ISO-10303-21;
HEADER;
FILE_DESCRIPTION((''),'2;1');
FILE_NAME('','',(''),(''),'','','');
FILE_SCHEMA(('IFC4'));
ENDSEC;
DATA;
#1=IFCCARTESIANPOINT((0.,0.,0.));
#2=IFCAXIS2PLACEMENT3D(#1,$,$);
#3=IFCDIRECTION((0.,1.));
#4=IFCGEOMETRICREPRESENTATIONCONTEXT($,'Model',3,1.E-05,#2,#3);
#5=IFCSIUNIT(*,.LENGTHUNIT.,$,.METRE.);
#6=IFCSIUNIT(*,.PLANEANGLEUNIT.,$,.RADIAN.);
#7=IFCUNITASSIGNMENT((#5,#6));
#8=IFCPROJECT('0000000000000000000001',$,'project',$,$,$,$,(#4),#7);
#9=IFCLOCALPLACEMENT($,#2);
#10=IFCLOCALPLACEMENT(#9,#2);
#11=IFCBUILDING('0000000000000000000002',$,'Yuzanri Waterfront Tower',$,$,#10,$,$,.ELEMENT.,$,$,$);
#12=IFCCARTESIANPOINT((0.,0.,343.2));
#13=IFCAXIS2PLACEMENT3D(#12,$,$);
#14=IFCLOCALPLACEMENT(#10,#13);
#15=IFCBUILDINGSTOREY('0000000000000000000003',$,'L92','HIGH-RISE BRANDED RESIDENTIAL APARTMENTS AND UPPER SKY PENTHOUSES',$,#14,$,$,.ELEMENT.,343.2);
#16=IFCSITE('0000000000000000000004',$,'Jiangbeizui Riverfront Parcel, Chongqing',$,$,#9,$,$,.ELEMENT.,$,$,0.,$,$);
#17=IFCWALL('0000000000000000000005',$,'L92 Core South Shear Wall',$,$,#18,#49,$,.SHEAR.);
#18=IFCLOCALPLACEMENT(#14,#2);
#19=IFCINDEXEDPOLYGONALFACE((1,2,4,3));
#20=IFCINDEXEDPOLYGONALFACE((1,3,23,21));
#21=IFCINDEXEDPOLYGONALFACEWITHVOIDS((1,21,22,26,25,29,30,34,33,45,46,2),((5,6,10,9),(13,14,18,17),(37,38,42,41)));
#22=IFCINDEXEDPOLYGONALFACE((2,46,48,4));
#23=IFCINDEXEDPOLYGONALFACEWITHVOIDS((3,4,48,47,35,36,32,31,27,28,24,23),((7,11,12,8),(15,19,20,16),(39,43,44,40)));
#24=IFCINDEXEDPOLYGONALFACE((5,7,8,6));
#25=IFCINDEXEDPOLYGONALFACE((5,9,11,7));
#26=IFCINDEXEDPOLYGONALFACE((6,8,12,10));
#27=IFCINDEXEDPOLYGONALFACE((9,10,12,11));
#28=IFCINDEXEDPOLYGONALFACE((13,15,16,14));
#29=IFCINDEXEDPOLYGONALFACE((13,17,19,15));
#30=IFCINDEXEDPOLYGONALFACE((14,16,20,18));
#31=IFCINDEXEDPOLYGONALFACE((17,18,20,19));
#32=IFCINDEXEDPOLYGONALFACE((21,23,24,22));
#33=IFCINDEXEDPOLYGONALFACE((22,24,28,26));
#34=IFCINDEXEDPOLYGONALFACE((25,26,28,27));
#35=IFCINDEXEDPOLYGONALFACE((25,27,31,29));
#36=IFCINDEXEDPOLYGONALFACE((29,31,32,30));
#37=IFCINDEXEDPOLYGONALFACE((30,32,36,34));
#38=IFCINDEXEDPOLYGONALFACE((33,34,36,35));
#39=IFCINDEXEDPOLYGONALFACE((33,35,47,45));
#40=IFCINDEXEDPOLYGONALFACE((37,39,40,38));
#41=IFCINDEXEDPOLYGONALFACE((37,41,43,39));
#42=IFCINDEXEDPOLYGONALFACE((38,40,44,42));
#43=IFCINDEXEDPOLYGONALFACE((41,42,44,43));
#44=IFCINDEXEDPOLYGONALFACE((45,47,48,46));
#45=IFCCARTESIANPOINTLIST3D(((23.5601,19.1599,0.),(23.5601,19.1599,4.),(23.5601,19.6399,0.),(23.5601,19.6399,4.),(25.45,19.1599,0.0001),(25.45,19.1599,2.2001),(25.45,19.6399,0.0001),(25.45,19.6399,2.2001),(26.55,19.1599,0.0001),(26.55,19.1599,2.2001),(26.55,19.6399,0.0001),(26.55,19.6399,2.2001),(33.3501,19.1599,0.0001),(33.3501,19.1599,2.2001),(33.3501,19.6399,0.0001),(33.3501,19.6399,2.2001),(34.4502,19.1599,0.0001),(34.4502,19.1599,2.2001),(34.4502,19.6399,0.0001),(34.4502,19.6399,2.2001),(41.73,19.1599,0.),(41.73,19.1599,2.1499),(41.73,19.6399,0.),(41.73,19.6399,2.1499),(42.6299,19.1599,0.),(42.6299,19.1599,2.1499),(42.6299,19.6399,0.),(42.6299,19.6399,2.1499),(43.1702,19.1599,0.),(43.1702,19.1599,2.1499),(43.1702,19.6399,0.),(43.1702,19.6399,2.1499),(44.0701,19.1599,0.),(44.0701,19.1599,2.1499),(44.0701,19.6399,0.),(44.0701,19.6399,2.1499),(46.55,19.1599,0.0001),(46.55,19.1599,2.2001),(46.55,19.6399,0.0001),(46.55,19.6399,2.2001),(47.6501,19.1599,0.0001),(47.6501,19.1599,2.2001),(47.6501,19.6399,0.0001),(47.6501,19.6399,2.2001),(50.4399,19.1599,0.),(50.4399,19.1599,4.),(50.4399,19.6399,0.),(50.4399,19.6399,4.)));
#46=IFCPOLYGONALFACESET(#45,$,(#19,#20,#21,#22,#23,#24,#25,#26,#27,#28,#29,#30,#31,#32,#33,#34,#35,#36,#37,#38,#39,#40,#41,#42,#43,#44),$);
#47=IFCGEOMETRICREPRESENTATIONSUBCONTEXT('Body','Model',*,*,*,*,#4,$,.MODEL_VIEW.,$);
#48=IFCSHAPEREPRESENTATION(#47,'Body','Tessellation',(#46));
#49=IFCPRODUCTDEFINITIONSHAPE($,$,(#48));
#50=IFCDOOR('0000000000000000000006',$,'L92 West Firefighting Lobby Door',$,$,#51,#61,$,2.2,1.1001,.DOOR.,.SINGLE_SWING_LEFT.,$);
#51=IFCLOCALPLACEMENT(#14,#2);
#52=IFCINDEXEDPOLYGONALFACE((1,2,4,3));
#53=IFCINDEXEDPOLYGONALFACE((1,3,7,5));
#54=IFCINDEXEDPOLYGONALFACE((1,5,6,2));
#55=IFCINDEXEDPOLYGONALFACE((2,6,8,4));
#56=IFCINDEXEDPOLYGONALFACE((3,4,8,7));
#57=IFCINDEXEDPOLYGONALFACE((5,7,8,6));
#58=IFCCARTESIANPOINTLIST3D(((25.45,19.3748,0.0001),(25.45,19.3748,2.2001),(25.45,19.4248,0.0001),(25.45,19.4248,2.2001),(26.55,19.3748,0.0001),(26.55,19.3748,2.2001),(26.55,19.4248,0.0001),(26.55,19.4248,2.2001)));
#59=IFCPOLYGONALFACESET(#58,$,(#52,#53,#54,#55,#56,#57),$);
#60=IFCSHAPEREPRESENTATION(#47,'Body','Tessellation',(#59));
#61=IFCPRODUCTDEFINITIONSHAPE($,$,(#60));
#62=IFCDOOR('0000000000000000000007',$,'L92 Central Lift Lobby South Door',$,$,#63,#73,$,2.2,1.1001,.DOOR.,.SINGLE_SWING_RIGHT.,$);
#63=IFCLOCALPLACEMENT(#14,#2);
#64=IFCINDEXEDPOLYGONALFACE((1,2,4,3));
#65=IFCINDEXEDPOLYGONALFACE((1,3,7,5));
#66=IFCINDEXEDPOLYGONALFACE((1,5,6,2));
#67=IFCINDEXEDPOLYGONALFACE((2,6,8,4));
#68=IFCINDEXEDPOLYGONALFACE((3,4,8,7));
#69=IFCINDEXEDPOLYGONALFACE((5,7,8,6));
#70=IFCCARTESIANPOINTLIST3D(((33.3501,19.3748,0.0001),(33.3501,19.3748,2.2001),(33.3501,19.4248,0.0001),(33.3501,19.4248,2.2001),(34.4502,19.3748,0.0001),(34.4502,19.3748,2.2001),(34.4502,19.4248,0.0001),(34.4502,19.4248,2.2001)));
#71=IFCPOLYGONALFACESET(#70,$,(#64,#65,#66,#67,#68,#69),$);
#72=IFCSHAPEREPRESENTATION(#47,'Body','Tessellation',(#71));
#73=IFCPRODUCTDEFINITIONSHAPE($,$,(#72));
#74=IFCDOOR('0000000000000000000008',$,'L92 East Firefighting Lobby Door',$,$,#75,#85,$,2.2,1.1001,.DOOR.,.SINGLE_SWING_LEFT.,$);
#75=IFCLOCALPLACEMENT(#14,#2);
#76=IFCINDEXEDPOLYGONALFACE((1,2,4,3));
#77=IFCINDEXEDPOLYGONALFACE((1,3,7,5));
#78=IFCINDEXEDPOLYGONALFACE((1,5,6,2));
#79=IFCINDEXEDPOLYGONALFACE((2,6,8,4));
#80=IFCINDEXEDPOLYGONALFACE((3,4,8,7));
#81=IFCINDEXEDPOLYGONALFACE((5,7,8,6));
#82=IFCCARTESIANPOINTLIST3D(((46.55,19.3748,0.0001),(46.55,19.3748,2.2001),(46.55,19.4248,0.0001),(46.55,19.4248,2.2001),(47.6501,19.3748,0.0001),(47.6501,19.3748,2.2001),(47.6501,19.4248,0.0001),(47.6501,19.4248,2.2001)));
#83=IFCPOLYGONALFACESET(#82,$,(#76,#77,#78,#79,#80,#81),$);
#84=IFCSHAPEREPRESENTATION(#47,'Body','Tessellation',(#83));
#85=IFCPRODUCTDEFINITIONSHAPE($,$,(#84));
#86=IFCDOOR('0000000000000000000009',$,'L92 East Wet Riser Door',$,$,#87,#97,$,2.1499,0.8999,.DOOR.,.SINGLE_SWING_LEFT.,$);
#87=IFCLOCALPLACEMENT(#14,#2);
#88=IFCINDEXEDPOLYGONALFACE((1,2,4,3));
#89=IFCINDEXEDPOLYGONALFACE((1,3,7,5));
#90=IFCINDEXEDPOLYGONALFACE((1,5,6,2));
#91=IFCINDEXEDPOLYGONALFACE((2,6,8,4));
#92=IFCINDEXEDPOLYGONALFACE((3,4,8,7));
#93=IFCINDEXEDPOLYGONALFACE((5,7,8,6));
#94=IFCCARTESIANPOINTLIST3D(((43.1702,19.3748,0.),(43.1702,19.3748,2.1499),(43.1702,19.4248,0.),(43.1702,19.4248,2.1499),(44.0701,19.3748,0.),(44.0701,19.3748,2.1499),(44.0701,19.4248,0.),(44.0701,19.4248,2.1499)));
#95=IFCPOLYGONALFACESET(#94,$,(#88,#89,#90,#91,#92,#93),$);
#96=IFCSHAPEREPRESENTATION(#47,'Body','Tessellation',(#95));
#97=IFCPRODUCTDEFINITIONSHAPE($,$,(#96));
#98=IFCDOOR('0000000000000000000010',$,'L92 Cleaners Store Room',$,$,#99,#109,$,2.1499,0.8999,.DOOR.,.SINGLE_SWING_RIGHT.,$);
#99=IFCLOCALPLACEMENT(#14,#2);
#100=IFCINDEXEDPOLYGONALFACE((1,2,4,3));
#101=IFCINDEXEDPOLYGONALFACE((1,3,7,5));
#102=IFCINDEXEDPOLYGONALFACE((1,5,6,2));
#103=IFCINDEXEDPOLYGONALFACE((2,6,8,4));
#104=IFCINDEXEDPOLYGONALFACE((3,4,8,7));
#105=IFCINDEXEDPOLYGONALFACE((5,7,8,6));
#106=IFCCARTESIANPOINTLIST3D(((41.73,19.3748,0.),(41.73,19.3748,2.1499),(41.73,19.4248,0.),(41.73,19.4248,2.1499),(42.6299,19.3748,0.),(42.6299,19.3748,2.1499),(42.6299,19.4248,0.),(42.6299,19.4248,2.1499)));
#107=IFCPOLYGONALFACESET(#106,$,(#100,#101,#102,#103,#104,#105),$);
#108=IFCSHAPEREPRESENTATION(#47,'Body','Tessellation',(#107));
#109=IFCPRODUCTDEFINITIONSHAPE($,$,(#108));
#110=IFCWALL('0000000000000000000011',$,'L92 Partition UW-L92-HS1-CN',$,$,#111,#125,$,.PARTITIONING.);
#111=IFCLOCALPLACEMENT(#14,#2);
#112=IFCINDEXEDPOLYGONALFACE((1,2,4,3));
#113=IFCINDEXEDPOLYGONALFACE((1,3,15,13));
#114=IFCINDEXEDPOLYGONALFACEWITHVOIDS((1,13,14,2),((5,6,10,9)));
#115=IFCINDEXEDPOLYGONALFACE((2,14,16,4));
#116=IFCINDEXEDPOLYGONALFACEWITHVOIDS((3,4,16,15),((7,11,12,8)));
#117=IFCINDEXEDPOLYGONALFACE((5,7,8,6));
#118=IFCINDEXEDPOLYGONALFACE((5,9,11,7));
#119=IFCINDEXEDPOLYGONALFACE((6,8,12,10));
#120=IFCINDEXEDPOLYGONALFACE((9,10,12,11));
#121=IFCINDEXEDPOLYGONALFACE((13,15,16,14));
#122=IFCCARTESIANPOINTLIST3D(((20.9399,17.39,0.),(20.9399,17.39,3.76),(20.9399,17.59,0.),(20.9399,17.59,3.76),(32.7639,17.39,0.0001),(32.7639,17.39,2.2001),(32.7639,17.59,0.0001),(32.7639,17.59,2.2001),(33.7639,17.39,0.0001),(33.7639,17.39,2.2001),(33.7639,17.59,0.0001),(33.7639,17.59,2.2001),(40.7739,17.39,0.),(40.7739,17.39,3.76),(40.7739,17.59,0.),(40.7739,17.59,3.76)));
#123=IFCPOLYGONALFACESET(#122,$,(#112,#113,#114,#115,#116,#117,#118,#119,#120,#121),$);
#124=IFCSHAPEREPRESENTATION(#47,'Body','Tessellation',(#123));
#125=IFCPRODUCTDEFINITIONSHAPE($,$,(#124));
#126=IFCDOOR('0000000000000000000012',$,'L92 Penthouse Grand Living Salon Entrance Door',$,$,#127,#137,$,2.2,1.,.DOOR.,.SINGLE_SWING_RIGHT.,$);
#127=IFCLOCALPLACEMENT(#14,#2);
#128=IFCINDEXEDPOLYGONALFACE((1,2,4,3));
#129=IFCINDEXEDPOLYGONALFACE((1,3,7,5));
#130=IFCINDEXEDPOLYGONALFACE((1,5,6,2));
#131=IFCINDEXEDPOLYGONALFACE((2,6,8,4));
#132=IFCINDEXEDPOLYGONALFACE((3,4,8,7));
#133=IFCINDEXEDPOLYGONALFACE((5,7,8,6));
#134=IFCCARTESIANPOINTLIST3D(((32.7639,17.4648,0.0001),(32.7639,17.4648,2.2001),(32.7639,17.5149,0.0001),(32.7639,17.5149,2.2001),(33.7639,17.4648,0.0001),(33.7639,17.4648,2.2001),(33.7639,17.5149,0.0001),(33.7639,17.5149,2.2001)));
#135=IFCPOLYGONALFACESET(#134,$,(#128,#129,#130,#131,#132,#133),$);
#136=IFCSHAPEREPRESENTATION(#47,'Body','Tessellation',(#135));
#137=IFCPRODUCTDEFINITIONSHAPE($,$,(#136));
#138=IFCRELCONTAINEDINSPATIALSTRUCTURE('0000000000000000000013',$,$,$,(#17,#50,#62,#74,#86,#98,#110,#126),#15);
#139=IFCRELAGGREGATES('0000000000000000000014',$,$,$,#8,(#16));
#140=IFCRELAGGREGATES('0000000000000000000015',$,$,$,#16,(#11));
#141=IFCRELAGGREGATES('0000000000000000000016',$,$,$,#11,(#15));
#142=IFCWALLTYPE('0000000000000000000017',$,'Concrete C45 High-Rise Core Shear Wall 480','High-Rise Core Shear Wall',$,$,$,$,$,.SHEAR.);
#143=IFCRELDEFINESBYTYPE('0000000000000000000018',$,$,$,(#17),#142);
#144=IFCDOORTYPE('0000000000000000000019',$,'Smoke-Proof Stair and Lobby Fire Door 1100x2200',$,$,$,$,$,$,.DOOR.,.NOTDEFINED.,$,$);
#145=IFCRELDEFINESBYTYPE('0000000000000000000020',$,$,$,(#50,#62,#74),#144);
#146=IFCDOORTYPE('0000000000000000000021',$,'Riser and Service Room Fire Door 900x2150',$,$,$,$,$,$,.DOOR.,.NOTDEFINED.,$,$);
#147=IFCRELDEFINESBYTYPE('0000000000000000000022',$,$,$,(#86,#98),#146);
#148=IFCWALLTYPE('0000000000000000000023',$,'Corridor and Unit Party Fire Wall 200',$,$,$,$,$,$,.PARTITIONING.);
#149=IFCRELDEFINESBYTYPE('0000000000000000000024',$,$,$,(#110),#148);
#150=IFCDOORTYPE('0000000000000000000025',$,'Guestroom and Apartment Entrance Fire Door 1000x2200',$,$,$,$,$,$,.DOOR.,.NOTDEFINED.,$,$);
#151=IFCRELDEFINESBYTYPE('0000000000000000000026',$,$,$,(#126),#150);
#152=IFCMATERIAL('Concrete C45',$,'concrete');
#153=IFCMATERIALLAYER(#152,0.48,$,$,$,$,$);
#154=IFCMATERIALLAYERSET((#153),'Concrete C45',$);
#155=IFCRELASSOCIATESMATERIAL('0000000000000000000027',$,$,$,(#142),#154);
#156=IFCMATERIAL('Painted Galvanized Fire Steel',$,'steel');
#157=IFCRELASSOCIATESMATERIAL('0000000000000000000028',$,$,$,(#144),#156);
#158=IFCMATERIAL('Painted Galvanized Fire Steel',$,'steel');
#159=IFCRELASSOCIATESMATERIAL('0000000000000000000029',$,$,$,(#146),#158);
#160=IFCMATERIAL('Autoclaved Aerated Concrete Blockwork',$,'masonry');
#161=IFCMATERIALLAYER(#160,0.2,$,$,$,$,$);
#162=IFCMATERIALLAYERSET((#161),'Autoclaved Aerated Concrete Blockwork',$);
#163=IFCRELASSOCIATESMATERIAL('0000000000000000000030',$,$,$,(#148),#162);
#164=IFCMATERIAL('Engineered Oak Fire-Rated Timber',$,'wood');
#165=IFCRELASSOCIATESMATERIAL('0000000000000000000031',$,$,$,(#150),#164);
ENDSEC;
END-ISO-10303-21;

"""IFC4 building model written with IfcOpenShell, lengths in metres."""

from ifc_helpers import new_model, si_unit, direction, frame, frame_2d, origin, place, context, subcontext, project, spatial, rectangle, extrude, source, transform, mapped, material, layer, layer_set, type_object, element, fill, save


model = new_model("IFC4")

# Units and contexts
model_context = context("Model", 3, precision=1e-05, world=origin(), true_north=direction((0.0, 1.0)))
body_context = subcontext(model_context, "Body", "Model", "MODEL_VIEW")
ifc_project = project(units=[si_unit("LENGTHUNIT", "METRE"), si_unit("PLANEANGLEUNIT", "RADIAN")], contexts=[model_context])

# Site, building, storey
site_placement = place(None, origin())
site = spatial("IfcSite", under=ifc_project, at=site_placement, Name="Jiangbeizui Riverfront Parcel, Chongqing", CompositionType="ELEMENT", RefElevation=0.0)
building_placement = place(site_placement, origin())
building = spatial("IfcBuilding", under=site, at=building_placement, Name="Yuzanri Waterfront Tower", CompositionType="ELEMENT")
storey_placement = place(building_placement, frame((0.0, 0.0, 343.2)))
storey = spatial("IfcBuildingStorey", under=building, at=storey_placement, Name="L92", Description="HIGH-RISE BRANDED RESIDENTIAL APARTMENTS AND UPPER SKY PENTHOUSES", CompositionType="ELEMENT", Elevation=343.2)

# Wall, openings, doors
ifc_material_1 = material(Name="Concrete C45", Category="concrete")
ifc_layer_1 = layer(ifc_material_1, 0.48)
ifc_layer_set_1 = layer_set([ifc_layer_1], Name="Concrete C45")
wall_type_1 = type_object("IfcWallType", Name="Concrete C45 High-Rise Core Shear Wall 480", Description="High-Rise Core Shear Wall", PredefinedType="SHEAR", material=ifc_layer_set_1)
wall_1_placement = place(storey_placement, frame((23.5601, 19.3999, 0.0), z_axis=(0.0, 0.0, 1.0), x_axis=(1.0, 0.0, 0.0)))
wall_1 = element("IfcWall", 1, at=wall_1_placement, inside=storey, type_object=wall_type_1, Name="L92 Core South Shear Wall", PredefinedType="SHEAR", context=body_context, shape_type="SweptSolid", body=[
    extrude(rectangle(XDim=26.8799, YDim=0.48, at=frame_2d((13.4399, 0.0))), origin(), (0.0, 0.0, 1.0), 4.0),
])
opening_1_placement = place(wall_1_placement, frame((1.8899, 0.0, 0.0)))
opening_1 = element("IfcOpeningElement", 2, at=opening_1_placement, cuts=wall_1, PredefinedType="OPENING", context=body_context, shape_type="SweptSolid", body=[
    extrude(rectangle(XDim=1.1001, YDim=2.2, at=frame_2d((0.55, 1.1001))), frame((0.0, 0.2549, 0.0), z_axis=(0.0, -1.0, 0.0), x_axis=(1.0, 0.0, 0.0)), (0.0, 0.0, 1.0), 0.5098),
])
opening_2_placement = place(wall_1_placement, frame((9.79, 0.0, 0.0)))
opening_2 = element("IfcOpeningElement", 3, at=opening_2_placement, cuts=wall_1, PredefinedType="OPENING", context=body_context, shape_type="SweptSolid", body=[
    extrude(rectangle(XDim=1.1001, YDim=2.2, at=frame_2d((0.55, 1.1001))), frame((0.0, 0.2549, 0.0), z_axis=(0.0, -1.0, 0.0), x_axis=(1.0, 0.0, 0.0)), (0.0, 0.0, 1.0), 0.5098),
])
opening_3_placement = place(wall_1_placement, frame((22.99, 0.0, 0.0)))
opening_3 = element("IfcOpeningElement", 4, at=opening_3_placement, cuts=wall_1, PredefinedType="OPENING", context=body_context, shape_type="SweptSolid", body=[
    extrude(rectangle(XDim=1.1001, YDim=2.2, at=frame_2d((0.55, 1.1001))), frame((0.0, 0.2549, 0.0), z_axis=(0.0, -1.0, 0.0), x_axis=(1.0, 0.0, 0.0)), (0.0, 0.0, 1.0), 0.5098),
])
opening_4_placement = place(wall_1_placement, frame((19.6101, 0.0, 0.0)))
opening_4 = element("IfcOpeningElement", 5, at=opening_4_placement, cuts=wall_1, PredefinedType="OPENING", context=body_context, shape_type="SweptSolid", body=[
    extrude(rectangle(XDim=0.8999, YDim=2.1499, at=frame_2d((0.45, 1.075))), frame((0.0, 0.2549, 0.0), z_axis=(0.0, -1.0, 0.0), x_axis=(1.0, 0.0, 0.0)), (0.0, 0.0, 1.0), 0.5098),
])
opening_5_placement = place(wall_1_placement, frame((18.1699, 0.0, 0.0)))
opening_5 = element("IfcOpeningElement", 6, at=opening_5_placement, cuts=wall_1, PredefinedType="OPENING", context=body_context, shape_type="SweptSolid", body=[
    extrude(rectangle(XDim=0.8999, YDim=2.1499, at=frame_2d((0.45, 1.075))), frame((0.0, 0.2549, 0.0), z_axis=(0.0, -1.0, 0.0), x_axis=(1.0, 0.0, 0.0)), (0.0, 0.0, 1.0), 0.5098),
])
ifc_material_2 = material(Name="Painted Galvanized Fire Steel", Category="steel")
door_type_1 = type_object("IfcDoorType", Name="Smoke-Proof Stair and Lobby Fire Door 1100x2200", OperationType="NOTDEFINED", PredefinedType="DOOR", material=ifc_material_2)
shared_shape_1 = source(origin(), body_context, "Body", "SweptSolid", [
    extrude(rectangle(XDim=1.1001, YDim=2.2, at=frame_2d((0.55, 1.1001))), frame((0.0, 0.0249, 0.0), z_axis=(0.0, -1.0, 0.0), x_axis=(1.0, 0.0, 0.0)), (0.0, 0.0, 1.0), 0.05),
])
door_1_placement = place(opening_1_placement, origin())
door_1 = element("IfcDoor", 7, at=door_1_placement, inside=storey, type_object=door_type_1, Name="L92 West Firefighting Lobby Door", OperationType="SINGLE_SWING_LEFT", OverallHeight=2.2, OverallWidth=1.1001, PredefinedType="DOOR", context=body_context, shape_type="MappedRepresentation", body=[
    mapped(shared_shape_1, transform((0.0, 0.0, 0.0), scale=1.0)),
])
fill(opening_1, door_1)
door_2_placement = place(opening_2_placement, origin())
door_2 = element("IfcDoor", 8, at=door_2_placement, inside=storey, type_object=door_type_1, Name="L92 Central Lift Lobby South Door", OperationType="SINGLE_SWING_RIGHT", OverallHeight=2.2, OverallWidth=1.1001, PredefinedType="DOOR", context=body_context, shape_type="MappedRepresentation", body=[
    mapped(shared_shape_1, transform((0.0, 0.0, 0.0), scale=1.0)),
])
fill(opening_2, door_2)
door_3_placement = place(opening_3_placement, origin())
door_3 = element("IfcDoor", 9, at=door_3_placement, inside=storey, type_object=door_type_1, Name="L92 East Firefighting Lobby Door", OperationType="SINGLE_SWING_LEFT", OverallHeight=2.2, OverallWidth=1.1001, PredefinedType="DOOR", context=body_context, shape_type="MappedRepresentation", body=[
    mapped(shared_shape_1, transform((0.0, 0.0, 0.0), scale=1.0)),
])
fill(opening_3, door_3)
ifc_material_3 = material(Name="Painted Galvanized Fire Steel", Category="steel")
door_type_2 = type_object("IfcDoorType", Name="Riser and Service Room Fire Door 900x2150", OperationType="NOTDEFINED", PredefinedType="DOOR", material=ifc_material_3)
shared_shape_2 = source(origin(), body_context, "Body", "SweptSolid", [
    extrude(rectangle(XDim=0.8999, YDim=2.1499, at=frame_2d((0.45, 1.075))), frame((0.0, 0.0249, 0.0), z_axis=(0.0, -1.0, 0.0), x_axis=(1.0, 0.0, 0.0)), (0.0, 0.0, 1.0), 0.05),
])
door_4_placement = place(opening_4_placement, origin())
door_4 = element("IfcDoor", 10, at=door_4_placement, inside=storey, type_object=door_type_2, Name="L92 East Wet Riser Door", OperationType="SINGLE_SWING_LEFT", OverallHeight=2.1499, OverallWidth=0.8999, PredefinedType="DOOR", context=body_context, shape_type="MappedRepresentation", body=[
    mapped(shared_shape_2, transform((0.0, 0.0, 0.0), scale=1.0)),
])
fill(opening_4, door_4)
door_5_placement = place(opening_5_placement, origin())
door_5 = element("IfcDoor", 11, at=door_5_placement, inside=storey, type_object=door_type_2, Name="L92 Cleaners Store Room", OperationType="SINGLE_SWING_RIGHT", OverallHeight=2.1499, OverallWidth=0.8999, PredefinedType="DOOR", context=body_context, shape_type="MappedRepresentation", body=[
    mapped(shared_shape_2, transform((0.0, 0.0, 0.0), scale=1.0)),
])
fill(opening_5, door_5)

# Wall, opening, door
ifc_material_4 = material(Name="Autoclaved Aerated Concrete Blockwork", Category="masonry")
ifc_layer_2 = layer(ifc_material_4, 0.2)
ifc_layer_set_2 = layer_set([ifc_layer_2], Name="Autoclaved Aerated Concrete Blockwork")
wall_type_2 = type_object("IfcWallType", Name="Corridor and Unit Party Fire Wall 200", PredefinedType="PARTITIONING", material=ifc_layer_set_2)
wall_2_placement = place(storey_placement, frame((20.9399, 17.49, 0.0), z_axis=(0.0, 0.0, 1.0), x_axis=(1.0, 0.0, 0.0)))
wall_2 = element("IfcWall", 12, at=wall_2_placement, inside=storey, type_object=wall_type_2, Name="L92 Partition UW-L92-HS1-CN", PredefinedType="PARTITIONING", context=body_context, shape_type="SweptSolid", body=[
    extrude(rectangle(XDim=19.834, YDim=0.2, at=frame_2d((9.917, 0.0))), origin(), (0.0, 0.0, 1.0), 3.76),
])
opening_6_placement = place(wall_2_placement, frame((11.824, 0.0, 0.0)))
opening_6 = element("IfcOpeningElement", 13, at=opening_6_placement, cuts=wall_2, PredefinedType="OPENING", context=body_context, shape_type="SweptSolid", body=[
    extrude(rectangle(XDim=1.0, YDim=2.2, at=frame_2d((0.5, 1.1001))), frame((0.0, 0.1147, 0.0), z_axis=(0.0, -1.0, 0.0), x_axis=(1.0, 0.0, 0.0)), (0.0, 0.0, 1.0), 0.2297),
])
ifc_material_5 = material(Name="Engineered Oak Fire-Rated Timber", Category="wood")
door_type_3 = type_object("IfcDoorType", Name="Guestroom and Apartment Entrance Fire Door 1000x2200", OperationType="NOTDEFINED", PredefinedType="DOOR", material=ifc_material_5)
shared_shape_3 = source(origin(), body_context, "Body", "SweptSolid", [
    extrude(rectangle(XDim=1.0, YDim=2.2, at=frame_2d((0.5, 1.1001))), frame((0.0, 0.0249, 0.0), z_axis=(0.0, -1.0, 0.0), x_axis=(1.0, 0.0, 0.0)), (0.0, 0.0, 1.0), 0.05),
])
door_6_placement = place(opening_6_placement, origin())
door_6 = element("IfcDoor", 14, at=door_6_placement, inside=storey, type_object=door_type_3, Name="L92 Penthouse Grand Living Salon Entrance Door", OperationType="SINGLE_SWING_RIGHT", OverallHeight=2.2, OverallWidth=1.0, PredefinedType="DOOR", context=body_context, shape_type="MappedRepresentation", body=[
    mapped(shared_shape_3, transform((0.0, 0.0, 0.0), scale=1.0)),
])
fill(opening_6, door_6)

save(model, "model.ifc")
